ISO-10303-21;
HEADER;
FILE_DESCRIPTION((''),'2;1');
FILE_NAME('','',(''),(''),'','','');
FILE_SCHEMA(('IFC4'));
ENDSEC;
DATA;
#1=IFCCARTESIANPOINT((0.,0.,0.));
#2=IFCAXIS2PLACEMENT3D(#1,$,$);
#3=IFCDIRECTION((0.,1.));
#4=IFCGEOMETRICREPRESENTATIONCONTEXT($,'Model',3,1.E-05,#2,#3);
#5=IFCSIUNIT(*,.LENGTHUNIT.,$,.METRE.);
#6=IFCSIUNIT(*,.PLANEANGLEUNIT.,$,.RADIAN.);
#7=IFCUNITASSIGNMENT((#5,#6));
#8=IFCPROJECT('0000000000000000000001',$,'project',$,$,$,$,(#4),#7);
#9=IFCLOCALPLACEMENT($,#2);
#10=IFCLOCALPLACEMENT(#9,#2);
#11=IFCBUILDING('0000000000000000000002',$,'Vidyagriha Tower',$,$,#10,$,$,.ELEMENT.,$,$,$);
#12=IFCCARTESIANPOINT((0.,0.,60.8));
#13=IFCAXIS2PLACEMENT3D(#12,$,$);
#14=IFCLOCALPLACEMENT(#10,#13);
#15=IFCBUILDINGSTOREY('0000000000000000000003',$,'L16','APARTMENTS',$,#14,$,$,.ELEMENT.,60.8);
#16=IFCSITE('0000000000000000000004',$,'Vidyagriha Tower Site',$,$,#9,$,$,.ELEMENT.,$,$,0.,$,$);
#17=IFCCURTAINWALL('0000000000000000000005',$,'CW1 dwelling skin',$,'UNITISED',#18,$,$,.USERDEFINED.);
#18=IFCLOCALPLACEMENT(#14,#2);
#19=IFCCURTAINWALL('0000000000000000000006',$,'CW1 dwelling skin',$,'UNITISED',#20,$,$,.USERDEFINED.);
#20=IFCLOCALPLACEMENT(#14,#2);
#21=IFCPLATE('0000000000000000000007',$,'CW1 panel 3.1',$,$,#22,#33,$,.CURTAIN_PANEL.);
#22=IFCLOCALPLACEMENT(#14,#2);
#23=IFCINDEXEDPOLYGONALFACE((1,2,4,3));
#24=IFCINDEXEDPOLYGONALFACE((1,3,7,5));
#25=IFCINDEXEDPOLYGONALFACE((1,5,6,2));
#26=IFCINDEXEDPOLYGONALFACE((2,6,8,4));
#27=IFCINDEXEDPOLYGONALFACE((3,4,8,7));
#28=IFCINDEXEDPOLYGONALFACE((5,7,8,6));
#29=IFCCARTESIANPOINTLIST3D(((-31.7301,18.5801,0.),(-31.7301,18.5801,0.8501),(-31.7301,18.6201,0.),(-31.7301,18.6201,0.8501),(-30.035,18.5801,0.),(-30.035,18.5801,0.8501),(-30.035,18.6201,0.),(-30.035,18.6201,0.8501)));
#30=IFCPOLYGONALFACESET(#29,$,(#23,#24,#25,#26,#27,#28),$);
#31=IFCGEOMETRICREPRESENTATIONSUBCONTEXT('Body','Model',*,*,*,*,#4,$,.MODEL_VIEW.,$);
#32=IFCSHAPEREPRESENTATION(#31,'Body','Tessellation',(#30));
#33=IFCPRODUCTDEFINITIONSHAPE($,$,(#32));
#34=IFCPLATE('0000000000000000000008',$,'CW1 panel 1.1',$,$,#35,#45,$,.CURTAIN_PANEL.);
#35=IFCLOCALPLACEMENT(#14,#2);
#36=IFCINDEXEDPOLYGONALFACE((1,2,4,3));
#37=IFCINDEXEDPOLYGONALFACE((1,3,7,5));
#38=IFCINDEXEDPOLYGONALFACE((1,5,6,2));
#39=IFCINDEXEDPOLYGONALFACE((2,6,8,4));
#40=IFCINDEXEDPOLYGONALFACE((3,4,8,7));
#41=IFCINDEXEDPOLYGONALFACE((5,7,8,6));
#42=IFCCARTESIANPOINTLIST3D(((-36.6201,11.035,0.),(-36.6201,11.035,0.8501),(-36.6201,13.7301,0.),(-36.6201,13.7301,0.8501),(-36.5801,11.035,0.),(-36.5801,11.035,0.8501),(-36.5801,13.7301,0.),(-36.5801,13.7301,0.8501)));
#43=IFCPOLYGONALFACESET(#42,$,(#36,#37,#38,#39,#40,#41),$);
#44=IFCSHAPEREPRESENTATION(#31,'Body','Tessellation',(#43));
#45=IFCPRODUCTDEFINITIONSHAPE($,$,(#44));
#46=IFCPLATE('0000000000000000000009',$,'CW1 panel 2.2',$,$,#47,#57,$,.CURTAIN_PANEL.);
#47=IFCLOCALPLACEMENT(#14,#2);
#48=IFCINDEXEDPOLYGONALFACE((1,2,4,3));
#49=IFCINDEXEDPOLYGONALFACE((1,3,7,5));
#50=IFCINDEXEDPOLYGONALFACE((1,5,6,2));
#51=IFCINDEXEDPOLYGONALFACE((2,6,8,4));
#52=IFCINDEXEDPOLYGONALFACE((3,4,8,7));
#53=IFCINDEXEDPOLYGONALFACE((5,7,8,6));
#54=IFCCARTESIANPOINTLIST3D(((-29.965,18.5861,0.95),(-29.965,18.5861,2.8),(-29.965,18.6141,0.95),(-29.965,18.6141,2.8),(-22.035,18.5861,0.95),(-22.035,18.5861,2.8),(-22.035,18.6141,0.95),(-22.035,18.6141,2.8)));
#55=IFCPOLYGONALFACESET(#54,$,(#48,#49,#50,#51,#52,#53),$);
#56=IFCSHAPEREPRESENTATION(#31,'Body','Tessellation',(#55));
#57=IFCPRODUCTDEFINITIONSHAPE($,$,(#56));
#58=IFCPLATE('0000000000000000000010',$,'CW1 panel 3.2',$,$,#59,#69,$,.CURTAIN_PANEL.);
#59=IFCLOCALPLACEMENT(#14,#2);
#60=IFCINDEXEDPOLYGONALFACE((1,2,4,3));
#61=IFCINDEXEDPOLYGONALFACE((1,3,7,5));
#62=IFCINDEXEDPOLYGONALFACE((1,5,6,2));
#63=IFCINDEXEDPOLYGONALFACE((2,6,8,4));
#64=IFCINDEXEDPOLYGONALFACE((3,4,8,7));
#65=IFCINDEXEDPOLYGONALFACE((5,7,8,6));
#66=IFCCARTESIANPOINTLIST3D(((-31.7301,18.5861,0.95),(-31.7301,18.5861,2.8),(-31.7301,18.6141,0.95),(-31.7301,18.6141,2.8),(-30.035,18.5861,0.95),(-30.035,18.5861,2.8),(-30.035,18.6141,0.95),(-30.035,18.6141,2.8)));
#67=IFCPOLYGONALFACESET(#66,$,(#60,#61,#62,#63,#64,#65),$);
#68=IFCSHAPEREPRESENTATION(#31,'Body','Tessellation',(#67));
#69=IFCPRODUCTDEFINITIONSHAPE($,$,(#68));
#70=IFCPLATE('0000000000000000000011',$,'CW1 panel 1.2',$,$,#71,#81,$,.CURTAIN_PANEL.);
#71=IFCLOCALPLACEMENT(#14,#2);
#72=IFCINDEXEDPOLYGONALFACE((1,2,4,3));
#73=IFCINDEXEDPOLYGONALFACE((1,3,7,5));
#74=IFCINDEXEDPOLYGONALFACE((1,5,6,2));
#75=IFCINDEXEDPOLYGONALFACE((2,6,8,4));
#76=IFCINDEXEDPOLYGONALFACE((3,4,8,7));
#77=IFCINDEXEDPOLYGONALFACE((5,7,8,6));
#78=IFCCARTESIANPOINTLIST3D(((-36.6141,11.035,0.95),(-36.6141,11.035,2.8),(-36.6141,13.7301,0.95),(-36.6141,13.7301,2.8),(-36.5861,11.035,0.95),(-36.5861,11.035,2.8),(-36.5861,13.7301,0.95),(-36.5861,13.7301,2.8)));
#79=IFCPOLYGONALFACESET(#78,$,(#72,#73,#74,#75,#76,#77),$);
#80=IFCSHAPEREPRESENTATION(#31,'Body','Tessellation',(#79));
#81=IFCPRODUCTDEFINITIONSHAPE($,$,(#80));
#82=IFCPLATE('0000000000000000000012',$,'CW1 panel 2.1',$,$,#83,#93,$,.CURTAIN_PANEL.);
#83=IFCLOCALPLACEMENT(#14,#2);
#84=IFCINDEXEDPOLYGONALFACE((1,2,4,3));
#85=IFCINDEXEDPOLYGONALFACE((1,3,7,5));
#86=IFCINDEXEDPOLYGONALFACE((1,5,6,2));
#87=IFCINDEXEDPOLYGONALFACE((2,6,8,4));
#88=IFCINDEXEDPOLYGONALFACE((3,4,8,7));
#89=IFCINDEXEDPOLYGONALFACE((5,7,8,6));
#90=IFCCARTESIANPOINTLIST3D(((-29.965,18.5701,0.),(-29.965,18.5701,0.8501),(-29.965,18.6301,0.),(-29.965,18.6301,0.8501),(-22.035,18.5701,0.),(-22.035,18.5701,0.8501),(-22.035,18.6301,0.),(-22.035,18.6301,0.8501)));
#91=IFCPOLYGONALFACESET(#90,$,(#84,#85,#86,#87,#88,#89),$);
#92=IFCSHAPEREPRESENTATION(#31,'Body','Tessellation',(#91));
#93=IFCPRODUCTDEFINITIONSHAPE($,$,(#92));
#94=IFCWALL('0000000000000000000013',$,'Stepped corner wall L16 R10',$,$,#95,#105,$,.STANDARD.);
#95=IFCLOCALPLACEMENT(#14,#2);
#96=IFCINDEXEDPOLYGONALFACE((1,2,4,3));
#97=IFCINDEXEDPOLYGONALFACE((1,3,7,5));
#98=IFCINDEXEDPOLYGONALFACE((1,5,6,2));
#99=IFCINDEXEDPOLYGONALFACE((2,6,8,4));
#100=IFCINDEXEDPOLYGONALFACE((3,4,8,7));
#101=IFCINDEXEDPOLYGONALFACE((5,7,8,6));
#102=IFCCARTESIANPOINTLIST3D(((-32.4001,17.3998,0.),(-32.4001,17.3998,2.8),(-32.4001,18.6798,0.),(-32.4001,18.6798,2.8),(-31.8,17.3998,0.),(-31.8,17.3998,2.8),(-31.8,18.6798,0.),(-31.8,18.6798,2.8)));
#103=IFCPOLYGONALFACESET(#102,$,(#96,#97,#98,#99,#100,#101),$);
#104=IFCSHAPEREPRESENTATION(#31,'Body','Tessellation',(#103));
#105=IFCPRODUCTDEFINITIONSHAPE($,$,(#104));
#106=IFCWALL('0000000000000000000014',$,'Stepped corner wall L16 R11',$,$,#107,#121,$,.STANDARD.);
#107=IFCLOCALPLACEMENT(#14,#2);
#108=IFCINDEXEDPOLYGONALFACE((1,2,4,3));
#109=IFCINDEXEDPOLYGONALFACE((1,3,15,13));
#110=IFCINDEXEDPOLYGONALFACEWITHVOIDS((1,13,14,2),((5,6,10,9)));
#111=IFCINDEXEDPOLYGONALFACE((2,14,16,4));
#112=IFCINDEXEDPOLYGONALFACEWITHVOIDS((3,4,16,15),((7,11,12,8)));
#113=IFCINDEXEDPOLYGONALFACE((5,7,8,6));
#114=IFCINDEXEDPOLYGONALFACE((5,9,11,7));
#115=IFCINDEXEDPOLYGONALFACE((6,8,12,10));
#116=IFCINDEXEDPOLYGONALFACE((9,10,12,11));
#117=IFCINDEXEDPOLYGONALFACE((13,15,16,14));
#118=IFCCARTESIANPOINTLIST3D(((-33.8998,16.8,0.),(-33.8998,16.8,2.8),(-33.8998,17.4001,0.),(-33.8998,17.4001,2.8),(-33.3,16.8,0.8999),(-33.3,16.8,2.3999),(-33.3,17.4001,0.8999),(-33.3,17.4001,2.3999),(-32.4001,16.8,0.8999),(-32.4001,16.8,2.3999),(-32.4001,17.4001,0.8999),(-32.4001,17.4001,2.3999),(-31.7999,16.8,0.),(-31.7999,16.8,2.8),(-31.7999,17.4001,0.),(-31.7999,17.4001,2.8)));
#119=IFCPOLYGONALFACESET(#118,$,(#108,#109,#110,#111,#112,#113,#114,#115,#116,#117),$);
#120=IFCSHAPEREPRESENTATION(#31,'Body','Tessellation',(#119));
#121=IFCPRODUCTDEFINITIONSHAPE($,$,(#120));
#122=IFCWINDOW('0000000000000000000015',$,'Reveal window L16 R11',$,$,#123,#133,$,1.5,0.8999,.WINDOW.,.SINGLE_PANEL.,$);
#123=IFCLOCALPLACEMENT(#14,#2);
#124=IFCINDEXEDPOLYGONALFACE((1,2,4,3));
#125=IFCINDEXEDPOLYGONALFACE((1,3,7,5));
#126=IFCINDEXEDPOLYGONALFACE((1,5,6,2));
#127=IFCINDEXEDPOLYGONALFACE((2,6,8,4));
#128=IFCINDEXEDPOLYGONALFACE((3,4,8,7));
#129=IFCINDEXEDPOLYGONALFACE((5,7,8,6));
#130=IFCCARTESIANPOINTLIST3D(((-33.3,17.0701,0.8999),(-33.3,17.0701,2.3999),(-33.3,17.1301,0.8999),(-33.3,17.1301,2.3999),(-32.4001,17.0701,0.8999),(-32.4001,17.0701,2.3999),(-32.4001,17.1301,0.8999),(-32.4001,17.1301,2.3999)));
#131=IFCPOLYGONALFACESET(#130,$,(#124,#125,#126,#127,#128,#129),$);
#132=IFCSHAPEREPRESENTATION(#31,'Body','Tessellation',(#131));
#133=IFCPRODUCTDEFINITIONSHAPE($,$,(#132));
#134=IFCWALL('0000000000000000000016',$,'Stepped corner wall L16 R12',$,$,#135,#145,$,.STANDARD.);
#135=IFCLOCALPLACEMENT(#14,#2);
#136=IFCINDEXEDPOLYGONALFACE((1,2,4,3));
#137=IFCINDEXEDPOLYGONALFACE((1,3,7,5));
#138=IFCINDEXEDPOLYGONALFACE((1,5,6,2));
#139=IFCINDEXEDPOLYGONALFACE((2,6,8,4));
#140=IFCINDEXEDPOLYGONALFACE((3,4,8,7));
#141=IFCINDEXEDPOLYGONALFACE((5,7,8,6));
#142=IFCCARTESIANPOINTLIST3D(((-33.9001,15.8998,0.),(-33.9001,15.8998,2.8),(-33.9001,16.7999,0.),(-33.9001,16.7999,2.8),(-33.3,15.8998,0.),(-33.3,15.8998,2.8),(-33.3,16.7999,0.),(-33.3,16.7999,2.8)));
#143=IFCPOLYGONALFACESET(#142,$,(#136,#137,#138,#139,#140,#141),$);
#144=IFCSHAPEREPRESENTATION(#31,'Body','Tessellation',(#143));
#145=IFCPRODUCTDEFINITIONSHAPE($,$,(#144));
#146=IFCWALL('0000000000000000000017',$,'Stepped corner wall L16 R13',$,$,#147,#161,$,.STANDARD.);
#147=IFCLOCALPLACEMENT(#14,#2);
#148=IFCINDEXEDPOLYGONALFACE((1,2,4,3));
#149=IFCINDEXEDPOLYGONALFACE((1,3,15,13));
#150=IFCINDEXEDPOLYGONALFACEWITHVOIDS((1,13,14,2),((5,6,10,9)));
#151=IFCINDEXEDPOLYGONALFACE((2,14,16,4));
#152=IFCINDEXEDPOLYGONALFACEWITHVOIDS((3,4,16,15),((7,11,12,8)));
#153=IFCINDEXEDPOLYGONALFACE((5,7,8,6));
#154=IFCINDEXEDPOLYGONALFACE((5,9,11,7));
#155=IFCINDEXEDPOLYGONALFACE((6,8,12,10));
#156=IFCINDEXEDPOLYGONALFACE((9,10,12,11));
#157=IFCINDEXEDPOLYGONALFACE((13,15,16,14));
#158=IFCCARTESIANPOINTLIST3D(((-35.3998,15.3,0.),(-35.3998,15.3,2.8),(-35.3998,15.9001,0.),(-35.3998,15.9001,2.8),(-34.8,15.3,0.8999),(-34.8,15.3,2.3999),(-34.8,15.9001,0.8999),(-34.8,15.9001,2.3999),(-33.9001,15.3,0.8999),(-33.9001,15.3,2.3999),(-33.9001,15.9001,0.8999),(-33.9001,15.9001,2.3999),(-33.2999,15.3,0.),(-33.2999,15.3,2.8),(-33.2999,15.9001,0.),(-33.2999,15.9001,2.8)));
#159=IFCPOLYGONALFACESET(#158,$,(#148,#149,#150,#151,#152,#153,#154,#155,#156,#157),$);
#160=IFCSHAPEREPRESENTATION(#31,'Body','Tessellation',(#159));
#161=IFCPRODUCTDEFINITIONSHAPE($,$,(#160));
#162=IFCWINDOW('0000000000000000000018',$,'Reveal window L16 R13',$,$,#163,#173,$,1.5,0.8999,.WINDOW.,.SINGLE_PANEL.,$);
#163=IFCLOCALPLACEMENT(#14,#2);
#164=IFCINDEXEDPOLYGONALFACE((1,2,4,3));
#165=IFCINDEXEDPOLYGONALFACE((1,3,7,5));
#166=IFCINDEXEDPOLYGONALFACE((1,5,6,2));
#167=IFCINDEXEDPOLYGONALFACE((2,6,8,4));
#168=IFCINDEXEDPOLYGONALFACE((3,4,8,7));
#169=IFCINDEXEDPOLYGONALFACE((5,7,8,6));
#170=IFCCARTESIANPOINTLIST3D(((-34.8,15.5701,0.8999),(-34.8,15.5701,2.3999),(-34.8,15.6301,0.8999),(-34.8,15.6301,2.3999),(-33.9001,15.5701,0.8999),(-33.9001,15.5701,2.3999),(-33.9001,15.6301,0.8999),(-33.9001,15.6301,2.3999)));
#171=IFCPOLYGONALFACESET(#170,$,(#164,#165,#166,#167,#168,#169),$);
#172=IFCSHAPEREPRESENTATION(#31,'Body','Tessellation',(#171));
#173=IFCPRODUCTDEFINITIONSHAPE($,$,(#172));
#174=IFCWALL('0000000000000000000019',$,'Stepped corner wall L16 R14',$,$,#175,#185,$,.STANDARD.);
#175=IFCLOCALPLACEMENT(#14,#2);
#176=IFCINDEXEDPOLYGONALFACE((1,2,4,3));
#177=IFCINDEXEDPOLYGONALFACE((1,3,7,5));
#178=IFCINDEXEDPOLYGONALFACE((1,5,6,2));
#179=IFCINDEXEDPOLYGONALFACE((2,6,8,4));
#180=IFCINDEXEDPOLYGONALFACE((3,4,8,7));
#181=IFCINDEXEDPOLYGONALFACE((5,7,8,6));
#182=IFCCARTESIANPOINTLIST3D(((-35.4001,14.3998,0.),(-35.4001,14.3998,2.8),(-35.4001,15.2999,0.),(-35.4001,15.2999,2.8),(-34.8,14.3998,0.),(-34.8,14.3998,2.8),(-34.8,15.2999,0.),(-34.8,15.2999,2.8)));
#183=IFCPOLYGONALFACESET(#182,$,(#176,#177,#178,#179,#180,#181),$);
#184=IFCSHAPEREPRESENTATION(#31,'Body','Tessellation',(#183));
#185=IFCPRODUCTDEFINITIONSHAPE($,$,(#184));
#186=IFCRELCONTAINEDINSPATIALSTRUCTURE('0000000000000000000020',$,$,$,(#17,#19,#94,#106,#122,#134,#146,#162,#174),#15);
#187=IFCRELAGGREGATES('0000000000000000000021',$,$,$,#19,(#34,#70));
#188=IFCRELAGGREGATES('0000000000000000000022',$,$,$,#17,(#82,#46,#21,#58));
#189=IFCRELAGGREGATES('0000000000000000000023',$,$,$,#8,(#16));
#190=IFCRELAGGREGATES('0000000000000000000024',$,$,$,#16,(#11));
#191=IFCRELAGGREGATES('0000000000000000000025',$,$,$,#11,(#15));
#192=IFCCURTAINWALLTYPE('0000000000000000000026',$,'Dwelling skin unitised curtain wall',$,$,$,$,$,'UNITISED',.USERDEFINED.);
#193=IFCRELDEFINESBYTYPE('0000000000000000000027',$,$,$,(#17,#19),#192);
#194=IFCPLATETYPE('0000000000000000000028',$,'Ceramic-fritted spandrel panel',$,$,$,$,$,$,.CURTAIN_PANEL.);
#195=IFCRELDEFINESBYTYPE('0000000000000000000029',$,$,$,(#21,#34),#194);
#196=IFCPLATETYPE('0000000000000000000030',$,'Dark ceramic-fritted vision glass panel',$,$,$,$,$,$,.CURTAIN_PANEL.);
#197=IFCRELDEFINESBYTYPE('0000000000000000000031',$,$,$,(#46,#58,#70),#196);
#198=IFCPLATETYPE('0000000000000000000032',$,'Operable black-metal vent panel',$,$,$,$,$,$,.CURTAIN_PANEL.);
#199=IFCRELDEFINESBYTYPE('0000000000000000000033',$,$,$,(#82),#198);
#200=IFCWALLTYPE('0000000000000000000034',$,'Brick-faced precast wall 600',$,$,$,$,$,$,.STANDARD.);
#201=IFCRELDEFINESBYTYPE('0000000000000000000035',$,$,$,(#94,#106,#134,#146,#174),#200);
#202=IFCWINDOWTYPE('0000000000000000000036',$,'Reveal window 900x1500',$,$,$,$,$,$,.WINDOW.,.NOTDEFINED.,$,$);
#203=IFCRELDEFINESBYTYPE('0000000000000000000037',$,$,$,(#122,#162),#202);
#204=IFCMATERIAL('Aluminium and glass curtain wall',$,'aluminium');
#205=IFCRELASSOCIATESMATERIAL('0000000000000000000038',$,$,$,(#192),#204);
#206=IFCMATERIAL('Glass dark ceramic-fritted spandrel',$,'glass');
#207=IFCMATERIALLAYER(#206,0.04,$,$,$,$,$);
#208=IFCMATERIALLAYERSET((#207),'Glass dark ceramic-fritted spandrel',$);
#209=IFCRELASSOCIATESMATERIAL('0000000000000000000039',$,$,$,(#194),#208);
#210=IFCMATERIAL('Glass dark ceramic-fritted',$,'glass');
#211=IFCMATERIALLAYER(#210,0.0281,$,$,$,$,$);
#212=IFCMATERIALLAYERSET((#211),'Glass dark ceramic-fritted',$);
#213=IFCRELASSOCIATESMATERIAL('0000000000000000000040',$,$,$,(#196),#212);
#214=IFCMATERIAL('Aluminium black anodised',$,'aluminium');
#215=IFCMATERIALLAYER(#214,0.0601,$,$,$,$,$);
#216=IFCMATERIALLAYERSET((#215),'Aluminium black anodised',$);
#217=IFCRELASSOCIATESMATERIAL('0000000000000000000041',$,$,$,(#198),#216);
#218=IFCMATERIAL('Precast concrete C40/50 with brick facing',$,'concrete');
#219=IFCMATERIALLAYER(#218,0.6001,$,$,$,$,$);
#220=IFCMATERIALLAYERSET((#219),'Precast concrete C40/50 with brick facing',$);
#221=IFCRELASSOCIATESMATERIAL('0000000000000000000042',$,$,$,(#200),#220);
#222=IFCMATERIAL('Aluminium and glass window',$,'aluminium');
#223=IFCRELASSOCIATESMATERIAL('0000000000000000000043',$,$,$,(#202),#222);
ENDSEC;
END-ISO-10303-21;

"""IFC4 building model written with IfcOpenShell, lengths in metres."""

from ifc_helpers import new_model, si_unit, direction, frame, frame_2d, origin, origin_2d, place, context, subcontext, project, spatial, rectangle, extrude, material, layer, layer_set, type_object, element, fill, aggregate, save


model = new_model("IFC4")

# Units and contexts
model_context = context("Model", 3, precision=1e-05, world=origin(), true_north=direction((0.0, 1.0)))
body_context = subcontext(model_context, "Body", "Model", "MODEL_VIEW")
ifc_project = project(units=[si_unit("LENGTHUNIT", "METRE"), si_unit("PLANEANGLEUNIT", "RADIAN")], contexts=[model_context])

# Site, building, storey
site_placement = place(None, origin())
site = spatial("IfcSite", under=ifc_project, at=site_placement, Name="Vidyagriha Tower Site", CompositionType="ELEMENT", RefElevation=0.0)
building_placement = place(site_placement, origin())
building = spatial("IfcBuilding", under=site, at=building_placement, Name="Vidyagriha Tower", CompositionType="ELEMENT")
storey_placement = place(building_placement, frame((0.0, 0.0, 60.8)))
storey = spatial("IfcBuildingStorey", under=building, at=storey_placement, Name="L16", Description="APARTMENTS", CompositionType="ELEMENT", Elevation=60.8)

# Curtain wall
ifc_material_1 = material(Name="Aluminium and glass curtain wall", Category="aluminium")
curtain_wall_type = type_object("IfcCurtainWallType", Name="Dwelling skin unitised curtain wall", ElementType="UNITISED", PredefinedType="USERDEFINED", material=ifc_material_1)
curtain_wall_1_placement = place(storey_placement, origin())
curtain_wall_1 = element("IfcCurtainWall", 1, at=curtain_wall_1_placement, inside=storey, type_object=curtain_wall_type, Name="CW1 dwelling skin", ObjectType="UNITISED", PredefinedType="USERDEFINED")

# Curtain wall
curtain_wall_2_placement = place(storey_placement, origin())
curtain_wall_2 = element("IfcCurtainWall", 2, at=curtain_wall_2_placement, inside=storey, type_object=curtain_wall_type, Name="CW1 dwelling skin", ObjectType="UNITISED", PredefinedType="USERDEFINED")

# Plates
ifc_material_2 = material(Name="Glass dark ceramic-fritted spandrel", Category="glass")
ifc_layer_1 = layer(ifc_material_2, 0.04)
ifc_layer_set_1 = layer_set([ifc_layer_1], Name="Glass dark ceramic-fritted spandrel")
plate_type_1 = type_object("IfcPlateType", Name="Ceramic-fritted spandrel panel", PredefinedType="CURTAIN_PANEL", material=ifc_layer_set_1)
plate_1_placement = place(storey_placement, frame((-30.8826, 18.6001, 0.0), z_axis=(0.0, 0.0, 1.0), x_axis=(-1.0, 0.0, 0.0)))
plate_1 = element("IfcPlate", 3, at=plate_1_placement, type_object=plate_type_1, Name="CW1 panel 3.1", PredefinedType="CURTAIN_PANEL", context=body_context, shape_type="SweptSolid", body=[
    extrude(rectangle(XDim=1.6951, YDim=0.04, at=origin_2d()), origin(), (0.0, 0.0, 1.0), 0.8501),
])
plate_2_placement = place(storey_placement, frame((-36.6001, 12.3826, 0.0), z_axis=(0.0, 0.0, 1.0), x_axis=(0.0, -1.0, 0.0)))
plate_2 = element("IfcPlate", 4, at=plate_2_placement, type_object=plate_type_1, Name="CW1 panel 1.1", PredefinedType="CURTAIN_PANEL", context=body_context, shape_type="SweptSolid", body=[
    extrude(rectangle(XDim=2.6951, YDim=0.04, at=origin_2d()), origin(), (0.0, 0.0, 1.0), 0.8501),
])
ifc_material_3 = material(Name="Glass dark ceramic-fritted", Category="glass")
ifc_layer_2 = layer(ifc_material_3, 0.0281)
ifc_layer_set_2 = layer_set([ifc_layer_2], Name="Glass dark ceramic-fritted")
plate_type_2 = type_object("IfcPlateType", Name="Dark ceramic-fritted vision glass panel", PredefinedType="CURTAIN_PANEL", material=ifc_layer_set_2)
plate_3_placement = place(storey_placement, frame((-26.0, 18.6001, 0.95), z_axis=(0.0, 0.0, 1.0), x_axis=(-1.0, 0.0, 0.0)))
plate_3 = element("IfcPlate", 5, at=plate_3_placement, type_object=plate_type_2, Name="CW1 panel 2.2", PredefinedType="CURTAIN_PANEL", context=body_context, shape_type="SweptSolid", body=[
    extrude(rectangle(XDim=7.9299, YDim=0.0281, at=origin_2d()), origin(), (0.0, 0.0, 1.0), 1.8501),
])
plate_4_placement = place(storey_placement, frame((-30.8826, 18.6001, 0.95), z_axis=(0.0, 0.0, 1.0), x_axis=(-1.0, 0.0, 0.0)))
plate_4 = element("IfcPlate", 6, at=plate_4_placement, type_object=plate_type_2, Name="CW1 panel 3.2", PredefinedType="CURTAIN_PANEL", context=body_context, shape_type="SweptSolid", body=[
    extrude(rectangle(XDim=1.6951, YDim=0.0281, at=origin_2d()), origin(), (0.0, 0.0, 1.0), 1.8501),
])
plate_5_placement = place(storey_placement, frame((-36.6001, 12.3826, 0.95), z_axis=(0.0, 0.0, 1.0), x_axis=(0.0, -1.0, 0.0)))
plate_5 = element("IfcPlate", 7, at=plate_5_placement, type_object=plate_type_2, Name="CW1 panel 1.2", PredefinedType="CURTAIN_PANEL", context=body_context, shape_type="SweptSolid", body=[
    extrude(rectangle(XDim=2.6951, YDim=0.0281, at=origin_2d()), origin(), (0.0, 0.0, 1.0), 1.8501),
])
aggregate(curtain_wall_2, [plate_2, plate_5])
ifc_material_4 = material(Name="Aluminium black anodised", Category="aluminium")
ifc_layer_3 = layer(ifc_material_4, 0.0601)
ifc_layer_set_3 = layer_set([ifc_layer_3], Name="Aluminium black anodised")
plate_type_3 = type_object("IfcPlateType", Name="Operable black-metal vent panel", PredefinedType="CURTAIN_PANEL", material=ifc_layer_set_3)
plate_6_placement = place(storey_placement, frame((-26.0, 18.6001, 0.0), z_axis=(0.0, 0.0, 1.0), x_axis=(-1.0, 0.0, 0.0)))
plate_6 = element("IfcPlate", 8, at=plate_6_placement, type_object=plate_type_3, Name="CW1 panel 2.1", PredefinedType="CURTAIN_PANEL", context=body_context, shape_type="SweptSolid", body=[
    extrude(rectangle(XDim=7.9299, YDim=0.0601, at=origin_2d()), origin(), (0.0, 0.0, 1.0), 0.8501),
])
aggregate(curtain_wall_1, [plate_6, plate_3, plate_1, plate_4])

# Wall
ifc_material_5 = material(Name="Precast concrete C40/50 with brick facing", Category="concrete")
ifc_layer_4 = layer(ifc_material_5, 0.6001)
ifc_layer_set_4 = layer_set([ifc_layer_4], Name="Precast concrete C40/50 with brick facing")
wall_type_1 = type_object("IfcWallType", Name="Brick-faced precast wall 600", PredefinedType="STANDARD", material=ifc_layer_set_4)
wall_1_placement = place(storey_placement, frame((-32.1001, 18.6799, 0.0), z_axis=(0.0, 0.0, 1.0), x_axis=(0.0, -1.0, 0.0)))
element("IfcWall", 9, at=wall_1_placement, inside=storey, type_object=wall_type_1, Name="Stepped corner wall L16 R10", PredefinedType="STANDARD", context=body_context, shape_type="SweptSolid", body=[
    extrude(rectangle(XDim=1.28, YDim=0.6001, at=frame_2d((0.6401, 0.0))), origin(), (0.0, 0.0, 1.0), 2.8),
])

# Wall, opening, window
wall_2_placement = place(storey_placement, frame((-31.8, 17.1001, 0.0), z_axis=(0.0, 0.0, 1.0), x_axis=(-1.0, 0.0, 0.0)))
wall_2 = element("IfcWall", 10, at=wall_2_placement, inside=storey, type_object=wall_type_1, Name="Stepped corner wall L16 R11", PredefinedType="STANDARD", context=body_context, shape_type="SweptSolid", body=[
    extrude(rectangle(XDim=2.0999, YDim=0.6001, at=frame_2d((1.0498, 0.0))), origin(), (0.0, 0.0, 1.0), 2.8),
])
opening_1_placement = place(wall_2_placement, frame((0.6001, 0.0, 0.8999)))
opening_1 = element("IfcOpeningElement", 11, at=opening_1_placement, cuts=wall_2, PredefinedType="OPENING", context=body_context, shape_type="SweptSolid", body=[
    extrude(rectangle(XDim=0.8999, YDim=1.5, at=frame_2d((0.45, 0.75))), frame((0.0, 0.3101, 0.0), z_axis=(0.0, -1.0, 0.0), x_axis=(1.0, 0.0, 0.0)), (0.0, 0.0, 1.0), 0.6201),
])
ifc_material_6 = material(Name="Aluminium and glass window", Category="aluminium")
window_type = type_object("IfcWindowType", Name="Reveal window 900x1500", PartitioningType="NOTDEFINED", PredefinedType="WINDOW", material=ifc_material_6)
window_1_placement = place(opening_1_placement, origin())
window_1 = element("IfcWindow", 12, at=window_1_placement, inside=storey, type_object=window_type, Name="Reveal window L16 R11", OverallHeight=1.5, OverallWidth=0.8999, PartitioningType="SINGLE_PANEL", PredefinedType="WINDOW", context=body_context, shape_type="SweptSolid", body=[
    extrude(rectangle(XDim=0.8999, YDim=1.5, at=frame_2d((0.45, 0.75))), frame((0.0, 0.03, 0.0), z_axis=(0.0, -1.0, 0.0), x_axis=(1.0, 0.0, 0.0)), (0.0, 0.0, 1.0), 0.0601),
])
fill(opening_1, window_1)

# Wall
wall_3_placement = place(storey_placement, frame((-33.6001, 16.8, 0.0), z_axis=(0.0, 0.0, 1.0), x_axis=(0.0, -1.0, 0.0)))
element("IfcWall", 13, at=wall_3_placement, inside=storey, type_object=wall_type_1, Name="Stepped corner wall L16 R12", PredefinedType="STANDARD", context=body_context, shape_type="SweptSolid", body=[
    extrude(rectangle(XDim=0.9001, YDim=0.6001, at=frame_2d((0.4502, 0.0))), origin(), (0.0, 0.0, 1.0), 2.8),
])

# Wall, opening, window
wall_4_placement = place(storey_placement, frame((-33.3, 15.6001, 0.0), z_axis=(0.0, 0.0, 1.0), x_axis=(-1.0, 0.0, 0.0)))
wall_4 = element("IfcWall", 14, at=wall_4_placement, inside=storey, type_object=wall_type_1, Name="Stepped corner wall L16 R13", PredefinedType="STANDARD", context=body_context, shape_type="SweptSolid", body=[
    extrude(rectangle(XDim=2.0999, YDim=0.6001, at=frame_2d((1.0498, 0.0))), origin(), (0.0, 0.0, 1.0), 2.8),
])
opening_2_placement = place(wall_4_placement, frame((0.6001, 0.0, 0.8999)))
opening_2 = element("IfcOpeningElement", 15, at=opening_2_placement, cuts=wall_4, PredefinedType="OPENING", context=body_context, shape_type="SweptSolid", body=[
    extrude(rectangle(XDim=0.8999, YDim=1.5, at=frame_2d((0.45, 0.75))), frame((0.0, 0.3101, 0.0), z_axis=(0.0, -1.0, 0.0), x_axis=(1.0, 0.0, 0.0)), (0.0, 0.0, 1.0), 0.6201),
])
window_2_placement = place(opening_2_placement, origin())
window_2 = element("IfcWindow", 16, at=window_2_placement, inside=storey, type_object=window_type, Name="Reveal window L16 R13", OverallHeight=1.5, OverallWidth=0.8999, PartitioningType="SINGLE_PANEL", PredefinedType="WINDOW", context=body_context, shape_type="SweptSolid", body=[
    extrude(rectangle(XDim=0.8999, YDim=1.5, at=frame_2d((0.45, 0.75))), frame((0.0, 0.03, 0.0), z_axis=(0.0, -1.0, 0.0), x_axis=(1.0, 0.0, 0.0)), (0.0, 0.0, 1.0), 0.0601),
])
fill(opening_2, window_2)

# Wall
wall_5_placement = place(storey_placement, frame((-35.1001, 15.3, 0.0), z_axis=(0.0, 0.0, 1.0), x_axis=(0.0, -1.0, 0.0)))
element("IfcWall", 17, at=wall_5_placement, inside=storey, type_object=wall_type_1, Name="Stepped corner wall L16 R14", PredefinedType="STANDARD", context=body_context, shape_type="SweptSolid", body=[
    extrude(rectangle(XDim=0.9001, YDim=0.6001, at=frame_2d((0.4502, 0.0))), origin(), (0.0, 0.0, 1.0), 2.8),
])

save(model, "model.ifc")
